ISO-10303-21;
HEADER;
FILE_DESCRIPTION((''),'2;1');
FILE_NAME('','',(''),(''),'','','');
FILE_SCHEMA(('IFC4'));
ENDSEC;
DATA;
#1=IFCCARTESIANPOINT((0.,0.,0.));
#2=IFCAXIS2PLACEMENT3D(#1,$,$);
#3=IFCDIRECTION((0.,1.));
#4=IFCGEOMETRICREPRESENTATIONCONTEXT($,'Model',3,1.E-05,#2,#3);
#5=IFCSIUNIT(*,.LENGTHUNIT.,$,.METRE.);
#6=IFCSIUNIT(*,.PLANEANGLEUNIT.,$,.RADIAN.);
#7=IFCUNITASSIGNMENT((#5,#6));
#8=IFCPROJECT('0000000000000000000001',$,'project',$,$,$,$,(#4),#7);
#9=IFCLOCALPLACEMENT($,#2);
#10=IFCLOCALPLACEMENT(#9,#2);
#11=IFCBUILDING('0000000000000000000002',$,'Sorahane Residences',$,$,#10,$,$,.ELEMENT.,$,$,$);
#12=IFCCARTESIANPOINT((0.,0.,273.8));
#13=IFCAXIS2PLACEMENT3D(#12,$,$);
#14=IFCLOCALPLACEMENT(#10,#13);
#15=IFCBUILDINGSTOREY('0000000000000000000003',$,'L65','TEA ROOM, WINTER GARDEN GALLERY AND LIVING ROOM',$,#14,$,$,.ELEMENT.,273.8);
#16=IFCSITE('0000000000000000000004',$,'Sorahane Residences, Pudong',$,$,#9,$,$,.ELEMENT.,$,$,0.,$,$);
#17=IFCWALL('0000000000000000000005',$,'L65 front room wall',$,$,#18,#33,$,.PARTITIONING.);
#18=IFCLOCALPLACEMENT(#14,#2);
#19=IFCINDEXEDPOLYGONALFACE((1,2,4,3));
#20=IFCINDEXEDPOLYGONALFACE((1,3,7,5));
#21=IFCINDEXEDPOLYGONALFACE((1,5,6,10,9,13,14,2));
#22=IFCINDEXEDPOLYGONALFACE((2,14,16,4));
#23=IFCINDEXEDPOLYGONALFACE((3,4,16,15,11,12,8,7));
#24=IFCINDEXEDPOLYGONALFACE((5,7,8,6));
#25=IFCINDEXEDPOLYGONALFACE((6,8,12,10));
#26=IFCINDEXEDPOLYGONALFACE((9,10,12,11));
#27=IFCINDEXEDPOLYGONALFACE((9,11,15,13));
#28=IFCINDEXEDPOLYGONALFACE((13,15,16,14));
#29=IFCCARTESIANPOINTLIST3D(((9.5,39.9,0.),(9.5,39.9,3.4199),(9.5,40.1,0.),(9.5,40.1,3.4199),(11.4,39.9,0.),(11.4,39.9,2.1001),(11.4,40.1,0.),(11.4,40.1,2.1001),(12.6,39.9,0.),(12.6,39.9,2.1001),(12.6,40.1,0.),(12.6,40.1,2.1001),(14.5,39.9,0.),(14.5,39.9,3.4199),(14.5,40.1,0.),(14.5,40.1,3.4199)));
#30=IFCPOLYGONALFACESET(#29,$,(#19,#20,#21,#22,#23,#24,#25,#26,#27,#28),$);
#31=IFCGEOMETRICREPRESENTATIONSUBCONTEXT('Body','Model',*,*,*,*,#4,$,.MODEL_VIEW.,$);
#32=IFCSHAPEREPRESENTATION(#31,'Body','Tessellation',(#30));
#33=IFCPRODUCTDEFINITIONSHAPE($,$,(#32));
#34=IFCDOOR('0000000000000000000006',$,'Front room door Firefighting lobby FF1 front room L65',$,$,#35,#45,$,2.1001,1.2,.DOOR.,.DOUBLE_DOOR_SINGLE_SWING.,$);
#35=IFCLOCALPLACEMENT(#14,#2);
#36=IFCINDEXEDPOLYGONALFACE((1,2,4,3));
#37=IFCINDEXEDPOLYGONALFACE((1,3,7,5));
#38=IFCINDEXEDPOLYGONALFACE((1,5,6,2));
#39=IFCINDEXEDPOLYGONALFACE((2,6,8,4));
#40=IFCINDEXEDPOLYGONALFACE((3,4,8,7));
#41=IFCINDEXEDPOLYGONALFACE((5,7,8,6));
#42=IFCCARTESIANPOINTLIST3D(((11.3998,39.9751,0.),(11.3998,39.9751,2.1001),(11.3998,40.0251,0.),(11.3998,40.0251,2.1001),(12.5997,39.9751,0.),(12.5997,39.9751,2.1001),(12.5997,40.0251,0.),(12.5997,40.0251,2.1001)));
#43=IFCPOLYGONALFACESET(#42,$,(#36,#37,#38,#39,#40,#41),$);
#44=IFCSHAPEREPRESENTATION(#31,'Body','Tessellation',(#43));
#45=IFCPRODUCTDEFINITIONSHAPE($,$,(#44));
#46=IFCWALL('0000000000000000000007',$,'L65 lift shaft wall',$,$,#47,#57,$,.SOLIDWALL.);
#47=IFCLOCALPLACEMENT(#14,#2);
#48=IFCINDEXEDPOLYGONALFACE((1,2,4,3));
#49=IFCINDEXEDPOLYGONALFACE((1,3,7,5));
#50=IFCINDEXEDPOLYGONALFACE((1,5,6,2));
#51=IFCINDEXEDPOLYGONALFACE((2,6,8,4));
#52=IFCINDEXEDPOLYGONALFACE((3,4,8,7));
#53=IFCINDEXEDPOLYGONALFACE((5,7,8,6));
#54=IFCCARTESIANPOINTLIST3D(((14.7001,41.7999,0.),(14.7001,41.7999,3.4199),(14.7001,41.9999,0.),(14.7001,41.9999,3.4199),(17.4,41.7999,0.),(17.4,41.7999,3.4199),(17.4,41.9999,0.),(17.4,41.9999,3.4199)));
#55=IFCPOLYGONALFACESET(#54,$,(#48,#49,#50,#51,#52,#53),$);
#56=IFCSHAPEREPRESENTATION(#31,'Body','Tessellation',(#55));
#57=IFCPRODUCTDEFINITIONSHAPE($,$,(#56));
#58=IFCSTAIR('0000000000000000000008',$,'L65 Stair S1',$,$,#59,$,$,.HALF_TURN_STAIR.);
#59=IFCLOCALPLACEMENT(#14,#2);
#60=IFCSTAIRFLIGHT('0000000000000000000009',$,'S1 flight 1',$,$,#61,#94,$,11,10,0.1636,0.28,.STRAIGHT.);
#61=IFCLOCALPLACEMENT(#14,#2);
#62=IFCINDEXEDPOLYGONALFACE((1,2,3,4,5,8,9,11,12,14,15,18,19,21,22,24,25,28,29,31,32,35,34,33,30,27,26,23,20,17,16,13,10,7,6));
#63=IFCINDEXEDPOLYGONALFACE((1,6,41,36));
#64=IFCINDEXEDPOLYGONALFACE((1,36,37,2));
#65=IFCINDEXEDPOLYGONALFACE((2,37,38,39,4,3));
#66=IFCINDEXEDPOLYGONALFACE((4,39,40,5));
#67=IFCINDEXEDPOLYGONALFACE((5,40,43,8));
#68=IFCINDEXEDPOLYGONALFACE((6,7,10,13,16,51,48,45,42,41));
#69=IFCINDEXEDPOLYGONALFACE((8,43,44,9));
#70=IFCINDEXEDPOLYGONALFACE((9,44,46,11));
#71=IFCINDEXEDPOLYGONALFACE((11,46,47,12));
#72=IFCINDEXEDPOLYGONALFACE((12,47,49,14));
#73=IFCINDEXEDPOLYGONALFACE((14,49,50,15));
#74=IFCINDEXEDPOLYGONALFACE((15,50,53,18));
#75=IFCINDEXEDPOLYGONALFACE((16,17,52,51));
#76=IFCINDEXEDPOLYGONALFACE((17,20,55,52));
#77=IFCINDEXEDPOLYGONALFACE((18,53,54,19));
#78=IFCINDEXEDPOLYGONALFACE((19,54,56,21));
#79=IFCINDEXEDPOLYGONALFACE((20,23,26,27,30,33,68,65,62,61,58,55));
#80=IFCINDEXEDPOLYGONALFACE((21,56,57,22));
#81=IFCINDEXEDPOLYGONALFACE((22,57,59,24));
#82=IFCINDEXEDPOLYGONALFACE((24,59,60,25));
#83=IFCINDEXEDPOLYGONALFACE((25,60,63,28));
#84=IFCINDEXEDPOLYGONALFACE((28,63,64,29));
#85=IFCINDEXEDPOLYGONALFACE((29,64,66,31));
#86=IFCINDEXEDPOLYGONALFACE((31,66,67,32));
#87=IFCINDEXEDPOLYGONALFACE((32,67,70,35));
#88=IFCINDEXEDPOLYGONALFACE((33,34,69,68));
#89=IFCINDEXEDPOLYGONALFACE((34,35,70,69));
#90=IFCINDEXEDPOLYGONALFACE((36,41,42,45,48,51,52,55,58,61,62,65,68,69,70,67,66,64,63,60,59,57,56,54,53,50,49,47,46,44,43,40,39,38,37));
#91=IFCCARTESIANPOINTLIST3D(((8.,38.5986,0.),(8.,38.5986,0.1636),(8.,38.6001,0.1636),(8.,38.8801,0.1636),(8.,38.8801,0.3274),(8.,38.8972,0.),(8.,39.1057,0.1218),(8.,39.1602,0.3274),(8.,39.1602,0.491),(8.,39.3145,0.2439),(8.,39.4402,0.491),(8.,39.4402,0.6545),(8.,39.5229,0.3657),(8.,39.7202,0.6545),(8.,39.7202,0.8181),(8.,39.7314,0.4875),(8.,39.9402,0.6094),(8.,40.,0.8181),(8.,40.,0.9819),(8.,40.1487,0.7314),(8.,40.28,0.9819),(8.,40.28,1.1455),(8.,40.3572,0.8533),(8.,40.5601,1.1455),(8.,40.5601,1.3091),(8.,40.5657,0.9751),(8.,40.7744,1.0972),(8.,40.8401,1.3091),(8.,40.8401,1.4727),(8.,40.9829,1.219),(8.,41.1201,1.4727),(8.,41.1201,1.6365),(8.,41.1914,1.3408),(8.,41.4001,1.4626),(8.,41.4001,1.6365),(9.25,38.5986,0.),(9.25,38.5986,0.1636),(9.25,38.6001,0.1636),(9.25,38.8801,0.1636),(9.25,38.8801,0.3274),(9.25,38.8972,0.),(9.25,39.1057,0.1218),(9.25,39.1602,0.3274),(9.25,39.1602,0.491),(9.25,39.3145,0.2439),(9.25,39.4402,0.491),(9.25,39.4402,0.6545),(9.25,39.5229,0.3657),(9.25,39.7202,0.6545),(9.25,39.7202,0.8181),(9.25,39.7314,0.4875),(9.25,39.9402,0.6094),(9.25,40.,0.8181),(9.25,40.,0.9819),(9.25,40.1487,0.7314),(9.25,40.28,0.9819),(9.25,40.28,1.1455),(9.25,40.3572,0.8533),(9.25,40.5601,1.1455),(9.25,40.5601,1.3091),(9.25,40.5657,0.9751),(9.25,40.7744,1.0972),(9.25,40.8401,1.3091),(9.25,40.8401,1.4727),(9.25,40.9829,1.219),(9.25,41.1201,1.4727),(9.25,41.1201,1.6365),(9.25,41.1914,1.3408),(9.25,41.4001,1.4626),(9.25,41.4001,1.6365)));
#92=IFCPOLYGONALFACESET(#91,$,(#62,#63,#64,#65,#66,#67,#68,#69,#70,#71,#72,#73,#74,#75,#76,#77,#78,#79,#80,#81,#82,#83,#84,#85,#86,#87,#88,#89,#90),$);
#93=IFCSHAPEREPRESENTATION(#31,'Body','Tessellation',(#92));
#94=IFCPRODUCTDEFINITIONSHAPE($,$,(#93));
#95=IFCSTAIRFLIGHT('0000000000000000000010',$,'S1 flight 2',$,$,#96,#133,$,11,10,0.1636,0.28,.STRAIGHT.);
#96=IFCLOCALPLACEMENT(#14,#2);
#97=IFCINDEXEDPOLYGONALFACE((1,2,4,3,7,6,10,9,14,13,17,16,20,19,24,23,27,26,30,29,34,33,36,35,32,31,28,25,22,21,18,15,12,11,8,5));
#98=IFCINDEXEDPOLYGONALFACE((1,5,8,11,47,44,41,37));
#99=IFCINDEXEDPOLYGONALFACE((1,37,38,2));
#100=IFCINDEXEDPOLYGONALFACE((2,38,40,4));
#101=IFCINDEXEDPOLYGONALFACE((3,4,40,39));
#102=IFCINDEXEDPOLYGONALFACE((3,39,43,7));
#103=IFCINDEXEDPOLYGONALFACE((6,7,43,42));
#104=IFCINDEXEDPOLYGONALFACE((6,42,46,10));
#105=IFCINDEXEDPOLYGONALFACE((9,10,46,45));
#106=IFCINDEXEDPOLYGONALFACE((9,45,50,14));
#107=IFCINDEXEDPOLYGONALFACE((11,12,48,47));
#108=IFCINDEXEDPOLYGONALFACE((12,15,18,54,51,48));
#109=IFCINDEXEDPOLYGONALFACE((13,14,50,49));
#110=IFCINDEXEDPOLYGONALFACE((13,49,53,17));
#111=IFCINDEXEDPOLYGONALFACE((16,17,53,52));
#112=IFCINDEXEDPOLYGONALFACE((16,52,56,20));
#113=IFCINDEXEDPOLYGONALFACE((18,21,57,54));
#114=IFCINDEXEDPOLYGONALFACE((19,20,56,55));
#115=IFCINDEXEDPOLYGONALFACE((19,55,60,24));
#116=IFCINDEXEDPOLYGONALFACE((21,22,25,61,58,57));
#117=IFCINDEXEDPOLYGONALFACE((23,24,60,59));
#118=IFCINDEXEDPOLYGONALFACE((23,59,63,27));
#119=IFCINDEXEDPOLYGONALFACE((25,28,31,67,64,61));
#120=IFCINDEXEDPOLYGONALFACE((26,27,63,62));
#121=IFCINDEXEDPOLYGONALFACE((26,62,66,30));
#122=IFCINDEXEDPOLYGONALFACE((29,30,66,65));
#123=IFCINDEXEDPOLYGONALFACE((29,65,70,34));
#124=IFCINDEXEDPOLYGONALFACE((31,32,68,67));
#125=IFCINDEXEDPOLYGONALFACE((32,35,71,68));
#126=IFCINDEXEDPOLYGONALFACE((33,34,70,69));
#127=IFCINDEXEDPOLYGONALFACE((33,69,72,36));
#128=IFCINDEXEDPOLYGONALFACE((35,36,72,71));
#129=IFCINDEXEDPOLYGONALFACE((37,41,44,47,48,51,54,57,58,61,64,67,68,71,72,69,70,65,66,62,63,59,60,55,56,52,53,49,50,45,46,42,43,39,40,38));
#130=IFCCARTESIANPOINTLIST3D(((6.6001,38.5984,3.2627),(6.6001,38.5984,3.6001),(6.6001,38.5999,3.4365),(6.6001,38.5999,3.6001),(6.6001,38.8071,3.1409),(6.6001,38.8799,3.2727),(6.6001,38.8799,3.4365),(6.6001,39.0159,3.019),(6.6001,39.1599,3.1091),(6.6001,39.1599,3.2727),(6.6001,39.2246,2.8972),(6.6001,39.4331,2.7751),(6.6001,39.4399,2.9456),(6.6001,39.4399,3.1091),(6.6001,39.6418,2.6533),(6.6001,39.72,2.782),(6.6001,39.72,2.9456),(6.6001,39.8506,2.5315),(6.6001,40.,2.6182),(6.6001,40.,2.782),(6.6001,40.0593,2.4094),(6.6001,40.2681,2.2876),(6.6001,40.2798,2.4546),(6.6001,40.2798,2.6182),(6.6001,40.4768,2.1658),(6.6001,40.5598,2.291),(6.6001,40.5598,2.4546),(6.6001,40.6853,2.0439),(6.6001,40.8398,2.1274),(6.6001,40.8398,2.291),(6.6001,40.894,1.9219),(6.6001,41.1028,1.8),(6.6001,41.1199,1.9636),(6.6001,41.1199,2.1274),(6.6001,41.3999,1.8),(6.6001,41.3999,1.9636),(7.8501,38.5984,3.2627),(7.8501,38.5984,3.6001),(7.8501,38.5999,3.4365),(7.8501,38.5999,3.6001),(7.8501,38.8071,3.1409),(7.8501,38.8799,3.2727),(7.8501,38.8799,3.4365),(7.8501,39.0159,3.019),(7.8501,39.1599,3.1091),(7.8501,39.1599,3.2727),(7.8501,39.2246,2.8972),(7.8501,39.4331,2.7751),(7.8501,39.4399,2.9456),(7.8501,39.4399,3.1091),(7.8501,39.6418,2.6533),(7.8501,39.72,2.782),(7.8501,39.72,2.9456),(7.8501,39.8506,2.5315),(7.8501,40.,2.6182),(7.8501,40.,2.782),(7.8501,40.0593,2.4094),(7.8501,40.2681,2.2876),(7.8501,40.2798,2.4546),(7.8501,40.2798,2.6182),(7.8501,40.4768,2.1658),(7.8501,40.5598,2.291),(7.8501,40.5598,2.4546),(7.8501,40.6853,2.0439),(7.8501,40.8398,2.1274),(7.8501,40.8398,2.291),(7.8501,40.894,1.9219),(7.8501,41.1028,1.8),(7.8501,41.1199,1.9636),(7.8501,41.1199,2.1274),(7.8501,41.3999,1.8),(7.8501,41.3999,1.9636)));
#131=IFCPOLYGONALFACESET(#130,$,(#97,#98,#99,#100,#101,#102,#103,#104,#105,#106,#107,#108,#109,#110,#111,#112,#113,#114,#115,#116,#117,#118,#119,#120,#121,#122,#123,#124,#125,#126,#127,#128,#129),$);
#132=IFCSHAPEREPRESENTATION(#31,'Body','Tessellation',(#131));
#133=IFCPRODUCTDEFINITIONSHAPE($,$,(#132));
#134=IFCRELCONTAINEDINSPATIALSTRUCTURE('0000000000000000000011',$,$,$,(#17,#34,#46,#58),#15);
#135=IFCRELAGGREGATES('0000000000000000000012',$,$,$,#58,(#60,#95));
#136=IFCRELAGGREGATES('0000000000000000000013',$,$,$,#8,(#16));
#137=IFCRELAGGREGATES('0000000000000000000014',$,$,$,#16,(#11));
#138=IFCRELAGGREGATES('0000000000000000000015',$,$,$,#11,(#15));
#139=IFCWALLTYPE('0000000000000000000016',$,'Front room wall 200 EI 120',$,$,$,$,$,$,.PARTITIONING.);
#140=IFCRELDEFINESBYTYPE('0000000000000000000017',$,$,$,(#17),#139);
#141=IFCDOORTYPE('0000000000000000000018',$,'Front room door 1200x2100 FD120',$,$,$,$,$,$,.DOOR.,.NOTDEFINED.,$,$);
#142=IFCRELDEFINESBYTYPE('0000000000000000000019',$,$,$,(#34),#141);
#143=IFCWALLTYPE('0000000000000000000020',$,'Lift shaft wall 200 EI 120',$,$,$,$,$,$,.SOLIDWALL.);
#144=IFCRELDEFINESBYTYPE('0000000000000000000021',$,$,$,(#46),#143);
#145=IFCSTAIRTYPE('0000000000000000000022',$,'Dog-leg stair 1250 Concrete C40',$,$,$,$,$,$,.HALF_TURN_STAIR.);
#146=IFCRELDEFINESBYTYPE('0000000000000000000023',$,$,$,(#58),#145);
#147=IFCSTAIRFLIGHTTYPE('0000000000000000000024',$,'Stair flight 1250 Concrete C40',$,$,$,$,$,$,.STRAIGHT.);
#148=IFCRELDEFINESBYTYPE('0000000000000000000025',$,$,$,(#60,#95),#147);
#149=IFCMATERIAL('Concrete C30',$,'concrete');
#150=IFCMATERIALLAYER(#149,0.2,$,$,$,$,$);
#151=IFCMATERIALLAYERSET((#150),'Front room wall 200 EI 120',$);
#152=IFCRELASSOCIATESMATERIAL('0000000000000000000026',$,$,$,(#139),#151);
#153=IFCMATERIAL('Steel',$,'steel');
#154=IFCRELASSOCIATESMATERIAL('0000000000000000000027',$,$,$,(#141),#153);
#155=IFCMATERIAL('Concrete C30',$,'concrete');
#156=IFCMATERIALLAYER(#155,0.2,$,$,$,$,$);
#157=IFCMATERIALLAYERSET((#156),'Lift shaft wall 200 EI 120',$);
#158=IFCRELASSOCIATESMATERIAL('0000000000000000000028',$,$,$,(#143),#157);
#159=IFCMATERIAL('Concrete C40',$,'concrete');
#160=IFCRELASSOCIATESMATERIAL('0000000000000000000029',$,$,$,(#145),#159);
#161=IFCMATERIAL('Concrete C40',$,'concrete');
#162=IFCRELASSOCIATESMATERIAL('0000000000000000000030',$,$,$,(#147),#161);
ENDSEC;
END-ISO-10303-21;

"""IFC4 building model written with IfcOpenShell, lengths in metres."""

from ifc_helpers import new_model, si_unit, direction, frame, frame_2d, origin, place, context, subcontext, project, spatial, polyline, rectangle, outline, extrude, material, layer, layer_set, type_object, element, fill, aggregate, save


model = new_model("IFC4")

# Units and contexts
model_context = context("Model", 3, precision=1e-05, world=origin(), true_north=direction((0.0, 1.0)))
body_context = subcontext(model_context, "Body", "Model", "MODEL_VIEW")
ifc_project = project(units=[si_unit("LENGTHUNIT", "METRE"), si_unit("PLANEANGLEUNIT", "RADIAN")], contexts=[model_context])

# Site, building, storey
site_placement = place(None, origin())
site = spatial("IfcSite", under=ifc_project, at=site_placement, Name="Sorahane Residences, Pudong", CompositionType="ELEMENT", RefElevation=0.0)
building_placement = place(site_placement, origin())
building = spatial("IfcBuilding", under=site, at=building_placement, Name="Sorahane Residences", CompositionType="ELEMENT")
storey_placement = place(building_placement, frame((0.0, 0.0, 273.8)))
storey = spatial("IfcBuildingStorey", under=building, at=storey_placement, Name="L65", Description="TEA ROOM, WINTER GARDEN GALLERY AND LIVING ROOM", CompositionType="ELEMENT", Elevation=273.8)

# Wall, opening, door
ifc_material_1 = material(Name="Concrete C30", Category="concrete")
ifc_layer_1 = layer(ifc_material_1, 0.2)
ifc_layer_set_1 = layer_set([ifc_layer_1], Name="Front room wall 200 EI 120")
wall_type_1 = type_object("IfcWallType", Name="Front room wall 200 EI 120", PredefinedType="PARTITIONING", material=ifc_layer_set_1)
wall_1_placement = place(storey_placement, frame((9.5, 40.0, 0.0), z_axis=(0.0, 0.0, 1.0), x_axis=(1.0, 0.0, 0.0)))
wall_1 = element("IfcWall", 1, at=wall_1_placement, inside=storey, type_object=wall_type_1, Name="L65 front room wall", PredefinedType="PARTITIONING", context=body_context, shape_type="SweptSolid", body=[
    extrude(rectangle(XDim=5.0, YDim=0.2, at=frame_2d((2.5, 0.0))), origin(), (0.0, 0.0, 1.0), 3.4199),
])
opening_placement = place(wall_1_placement, frame((1.8999, 0.0, 0.0)))
opening = element("IfcOpeningElement", 2, at=opening_placement, cuts=wall_1, PredefinedType="OPENING", context=body_context, shape_type="SweptSolid", body=[
    extrude(rectangle(XDim=1.2, YDim=2.1001, at=frame_2d((0.6001, 1.05))), frame((0.0, 0.1099, 0.0), z_axis=(0.0, -1.0, 0.0), x_axis=(1.0, 0.0, 0.0)), (0.0, 0.0, 1.0), 0.22),
])
ifc_material_2 = material(Name="Steel", Category="steel")
door_type = type_object("IfcDoorType", Name="Front room door 1200x2100 FD120", OperationType="NOTDEFINED", PredefinedType="DOOR", material=ifc_material_2)
door_placement = place(opening_placement, frame((1.2, 0.0, 0.0), z_axis=(0.0, 0.0, 1.0), x_axis=(-1.0, 0.0, 0.0)))
door = element("IfcDoor", 3, at=door_placement, inside=storey, type_object=door_type, Name="Front room door Firefighting lobby FF1 front room L65", OperationType="DOUBLE_DOOR_SINGLE_SWING", OverallHeight=2.1001, OverallWidth=1.2, PredefinedType="DOOR", context=body_context, shape_type="SweptSolid", body=[
    extrude(rectangle(XDim=1.2, YDim=2.1001, at=frame_2d((0.6001, 1.05))), frame((0.0, 0.0249, 0.0), z_axis=(0.0, -1.0, 0.0), x_axis=(1.0, 0.0, 0.0)), (0.0, 0.0, 1.0), 0.05),
])
fill(opening, door)

# Wall
ifc_material_3 = material(Name="Concrete C30", Category="concrete")
ifc_layer_2 = layer(ifc_material_3, 0.2)
ifc_layer_set_2 = layer_set([ifc_layer_2], Name="Lift shaft wall 200 EI 120")
wall_type_2 = type_object("IfcWallType", Name="Lift shaft wall 200 EI 120", PredefinedType="SOLIDWALL", material=ifc_layer_set_2)
wall_2_placement = place(storey_placement, frame((14.7, 41.8999, 0.0), z_axis=(0.0, 0.0, 1.0), x_axis=(1.0, 0.0, 0.0)))
element("IfcWall", 4, at=wall_2_placement, inside=storey, type_object=wall_type_2, Name="L65 lift shaft wall", PredefinedType="SOLIDWALL", context=body_context, shape_type="SweptSolid", body=[
    extrude(rectangle(XDim=2.7, YDim=0.2, at=frame_2d((1.3501, 0.0))), origin(), (0.0, 0.0, 1.0), 3.4199),
])

# Stair, stair flights
ifc_material_4 = material(Name="Concrete C40", Category="concrete")
stair_type = type_object("IfcStairType", Name="Dog-leg stair 1250 Concrete C40", PredefinedType="HALF_TURN_STAIR", material=ifc_material_4)
stair_placement = place(storey_placement, origin())
stair = element("IfcStair", 5, at=stair_placement, inside=storey, type_object=stair_type, Name="L65 Stair S1", PredefinedType="HALF_TURN_STAIR")
ifc_material_5 = material(Name="Concrete C40", Category="concrete")
stair_flight_type = type_object("IfcStairFlightType", Name="Stair flight 1250 Concrete C40", PredefinedType="STRAIGHT", material=ifc_material_5)
stair_flight_1_placement = place(storey_placement, frame((8.625, 38.6001, 0.0), z_axis=(0.0, 0.0, 1.0), x_axis=(0.0, 1.0, 0.0)))
stair_flight_1 = element("IfcStairFlight", 6, at=stair_flight_1_placement, type_object=stair_flight_type, Name="S1 flight 1", NumberOfRisers=11, NumberOfTreads=10, PredefinedType="STRAIGHT", RiserHeight=0.1636, TreadLength=0.28, context=body_context, shape_type="SweptSolid", body=[
    extrude(outline(polyline([(-0.0015, 0.0), (-0.0015, 0.1636), (0.0, 0.1636), (0.28, 0.1636), (0.28, 0.3274), (0.5601, 0.3274), (0.5601, 0.491), (0.8401, 0.491), (0.8401, 0.6545), (1.1201, 0.6545), (1.1201, 0.8181), (1.3999, 0.8181), (1.3999, 0.9819), (1.6799, 0.9819), (1.6799, 1.1455), (1.96, 1.1455), (1.96, 1.3091), (2.24, 1.3091), (2.24, 1.4727), (2.52, 1.4727), (2.52, 1.6365), (2.8, 1.6365), (2.8, 1.8), (2.8, 1.4626), (2.5913, 1.3408), (2.3828, 1.219), (2.1743, 1.0972), (1.9656, 0.9751), (1.7571, 0.8533), (1.5486, 0.7314), (1.3401, 0.6094), (1.1313, 0.4875), (0.9229, 0.3657), (0.7144, 0.2439), (0.5056, 0.1218), (0.2971, 0.0), (-0.0015, 0.0)])), frame((0.0, 0.625, 0.0), z_axis=(0.0, -1.0, 0.0), x_axis=(1.0, 0.0, 0.0)), (0.0, 0.0, 1.0), 1.25),
])
stair_flight_2_placement = place(storey_placement, frame((7.2251, 41.3999, 1.8), z_axis=(0.0, 0.0, 1.0), x_axis=(0.0, -1.0, 0.0)))
stair_flight_2 = element("IfcStairFlight", 7, at=stair_flight_2_placement, type_object=stair_flight_type, Name="S1 flight 2", NumberOfRisers=11, NumberOfTreads=10, PredefinedType="STRAIGHT", RiserHeight=0.1636, TreadLength=0.28, context=body_context, shape_type="SweptSolid", body=[
    extrude(outline(polyline([(0.0, 0.0), (0.0, 0.1636), (0.28, 0.1636), (0.28, 0.3274), (0.5601, 0.3274), (0.5601, 0.491), (0.8401, 0.491), (0.8401, 0.6545), (1.1201, 0.6545), (1.1201, 0.8181), (1.3999, 0.8181), (1.3999, 0.9819), (1.6799, 0.9819), (1.6799, 1.1455), (1.96, 1.1455), (1.96, 1.3091), (2.24, 1.3091), (2.24, 1.4727), (2.52, 1.4727), (2.52, 1.6365), (2.8, 1.6365), (2.8, 1.8), (2.8015, 1.8), (2.8015, 1.4626), (2.5928, 1.3408), (2.384, 1.219), (2.1753, 1.0972), (1.9668, 0.9751), (1.7581, 0.8533), (1.5493, 0.7314), (1.3406, 0.6094), (1.1318, 0.4875), (0.9231, 0.3657), (0.7146, 0.2439), (0.5059, 0.1218), (0.2971, 0.0), (0.0, 0.0)])), frame((0.0, 0.625, 0.0), z_axis=(0.0, -1.0, 0.0), x_axis=(1.0, 0.0, 0.0)), (0.0, 0.0, 1.0), 1.25),
])
aggregate(stair, [stair_flight_1, stair_flight_2])

save(model, "model.ifc")
